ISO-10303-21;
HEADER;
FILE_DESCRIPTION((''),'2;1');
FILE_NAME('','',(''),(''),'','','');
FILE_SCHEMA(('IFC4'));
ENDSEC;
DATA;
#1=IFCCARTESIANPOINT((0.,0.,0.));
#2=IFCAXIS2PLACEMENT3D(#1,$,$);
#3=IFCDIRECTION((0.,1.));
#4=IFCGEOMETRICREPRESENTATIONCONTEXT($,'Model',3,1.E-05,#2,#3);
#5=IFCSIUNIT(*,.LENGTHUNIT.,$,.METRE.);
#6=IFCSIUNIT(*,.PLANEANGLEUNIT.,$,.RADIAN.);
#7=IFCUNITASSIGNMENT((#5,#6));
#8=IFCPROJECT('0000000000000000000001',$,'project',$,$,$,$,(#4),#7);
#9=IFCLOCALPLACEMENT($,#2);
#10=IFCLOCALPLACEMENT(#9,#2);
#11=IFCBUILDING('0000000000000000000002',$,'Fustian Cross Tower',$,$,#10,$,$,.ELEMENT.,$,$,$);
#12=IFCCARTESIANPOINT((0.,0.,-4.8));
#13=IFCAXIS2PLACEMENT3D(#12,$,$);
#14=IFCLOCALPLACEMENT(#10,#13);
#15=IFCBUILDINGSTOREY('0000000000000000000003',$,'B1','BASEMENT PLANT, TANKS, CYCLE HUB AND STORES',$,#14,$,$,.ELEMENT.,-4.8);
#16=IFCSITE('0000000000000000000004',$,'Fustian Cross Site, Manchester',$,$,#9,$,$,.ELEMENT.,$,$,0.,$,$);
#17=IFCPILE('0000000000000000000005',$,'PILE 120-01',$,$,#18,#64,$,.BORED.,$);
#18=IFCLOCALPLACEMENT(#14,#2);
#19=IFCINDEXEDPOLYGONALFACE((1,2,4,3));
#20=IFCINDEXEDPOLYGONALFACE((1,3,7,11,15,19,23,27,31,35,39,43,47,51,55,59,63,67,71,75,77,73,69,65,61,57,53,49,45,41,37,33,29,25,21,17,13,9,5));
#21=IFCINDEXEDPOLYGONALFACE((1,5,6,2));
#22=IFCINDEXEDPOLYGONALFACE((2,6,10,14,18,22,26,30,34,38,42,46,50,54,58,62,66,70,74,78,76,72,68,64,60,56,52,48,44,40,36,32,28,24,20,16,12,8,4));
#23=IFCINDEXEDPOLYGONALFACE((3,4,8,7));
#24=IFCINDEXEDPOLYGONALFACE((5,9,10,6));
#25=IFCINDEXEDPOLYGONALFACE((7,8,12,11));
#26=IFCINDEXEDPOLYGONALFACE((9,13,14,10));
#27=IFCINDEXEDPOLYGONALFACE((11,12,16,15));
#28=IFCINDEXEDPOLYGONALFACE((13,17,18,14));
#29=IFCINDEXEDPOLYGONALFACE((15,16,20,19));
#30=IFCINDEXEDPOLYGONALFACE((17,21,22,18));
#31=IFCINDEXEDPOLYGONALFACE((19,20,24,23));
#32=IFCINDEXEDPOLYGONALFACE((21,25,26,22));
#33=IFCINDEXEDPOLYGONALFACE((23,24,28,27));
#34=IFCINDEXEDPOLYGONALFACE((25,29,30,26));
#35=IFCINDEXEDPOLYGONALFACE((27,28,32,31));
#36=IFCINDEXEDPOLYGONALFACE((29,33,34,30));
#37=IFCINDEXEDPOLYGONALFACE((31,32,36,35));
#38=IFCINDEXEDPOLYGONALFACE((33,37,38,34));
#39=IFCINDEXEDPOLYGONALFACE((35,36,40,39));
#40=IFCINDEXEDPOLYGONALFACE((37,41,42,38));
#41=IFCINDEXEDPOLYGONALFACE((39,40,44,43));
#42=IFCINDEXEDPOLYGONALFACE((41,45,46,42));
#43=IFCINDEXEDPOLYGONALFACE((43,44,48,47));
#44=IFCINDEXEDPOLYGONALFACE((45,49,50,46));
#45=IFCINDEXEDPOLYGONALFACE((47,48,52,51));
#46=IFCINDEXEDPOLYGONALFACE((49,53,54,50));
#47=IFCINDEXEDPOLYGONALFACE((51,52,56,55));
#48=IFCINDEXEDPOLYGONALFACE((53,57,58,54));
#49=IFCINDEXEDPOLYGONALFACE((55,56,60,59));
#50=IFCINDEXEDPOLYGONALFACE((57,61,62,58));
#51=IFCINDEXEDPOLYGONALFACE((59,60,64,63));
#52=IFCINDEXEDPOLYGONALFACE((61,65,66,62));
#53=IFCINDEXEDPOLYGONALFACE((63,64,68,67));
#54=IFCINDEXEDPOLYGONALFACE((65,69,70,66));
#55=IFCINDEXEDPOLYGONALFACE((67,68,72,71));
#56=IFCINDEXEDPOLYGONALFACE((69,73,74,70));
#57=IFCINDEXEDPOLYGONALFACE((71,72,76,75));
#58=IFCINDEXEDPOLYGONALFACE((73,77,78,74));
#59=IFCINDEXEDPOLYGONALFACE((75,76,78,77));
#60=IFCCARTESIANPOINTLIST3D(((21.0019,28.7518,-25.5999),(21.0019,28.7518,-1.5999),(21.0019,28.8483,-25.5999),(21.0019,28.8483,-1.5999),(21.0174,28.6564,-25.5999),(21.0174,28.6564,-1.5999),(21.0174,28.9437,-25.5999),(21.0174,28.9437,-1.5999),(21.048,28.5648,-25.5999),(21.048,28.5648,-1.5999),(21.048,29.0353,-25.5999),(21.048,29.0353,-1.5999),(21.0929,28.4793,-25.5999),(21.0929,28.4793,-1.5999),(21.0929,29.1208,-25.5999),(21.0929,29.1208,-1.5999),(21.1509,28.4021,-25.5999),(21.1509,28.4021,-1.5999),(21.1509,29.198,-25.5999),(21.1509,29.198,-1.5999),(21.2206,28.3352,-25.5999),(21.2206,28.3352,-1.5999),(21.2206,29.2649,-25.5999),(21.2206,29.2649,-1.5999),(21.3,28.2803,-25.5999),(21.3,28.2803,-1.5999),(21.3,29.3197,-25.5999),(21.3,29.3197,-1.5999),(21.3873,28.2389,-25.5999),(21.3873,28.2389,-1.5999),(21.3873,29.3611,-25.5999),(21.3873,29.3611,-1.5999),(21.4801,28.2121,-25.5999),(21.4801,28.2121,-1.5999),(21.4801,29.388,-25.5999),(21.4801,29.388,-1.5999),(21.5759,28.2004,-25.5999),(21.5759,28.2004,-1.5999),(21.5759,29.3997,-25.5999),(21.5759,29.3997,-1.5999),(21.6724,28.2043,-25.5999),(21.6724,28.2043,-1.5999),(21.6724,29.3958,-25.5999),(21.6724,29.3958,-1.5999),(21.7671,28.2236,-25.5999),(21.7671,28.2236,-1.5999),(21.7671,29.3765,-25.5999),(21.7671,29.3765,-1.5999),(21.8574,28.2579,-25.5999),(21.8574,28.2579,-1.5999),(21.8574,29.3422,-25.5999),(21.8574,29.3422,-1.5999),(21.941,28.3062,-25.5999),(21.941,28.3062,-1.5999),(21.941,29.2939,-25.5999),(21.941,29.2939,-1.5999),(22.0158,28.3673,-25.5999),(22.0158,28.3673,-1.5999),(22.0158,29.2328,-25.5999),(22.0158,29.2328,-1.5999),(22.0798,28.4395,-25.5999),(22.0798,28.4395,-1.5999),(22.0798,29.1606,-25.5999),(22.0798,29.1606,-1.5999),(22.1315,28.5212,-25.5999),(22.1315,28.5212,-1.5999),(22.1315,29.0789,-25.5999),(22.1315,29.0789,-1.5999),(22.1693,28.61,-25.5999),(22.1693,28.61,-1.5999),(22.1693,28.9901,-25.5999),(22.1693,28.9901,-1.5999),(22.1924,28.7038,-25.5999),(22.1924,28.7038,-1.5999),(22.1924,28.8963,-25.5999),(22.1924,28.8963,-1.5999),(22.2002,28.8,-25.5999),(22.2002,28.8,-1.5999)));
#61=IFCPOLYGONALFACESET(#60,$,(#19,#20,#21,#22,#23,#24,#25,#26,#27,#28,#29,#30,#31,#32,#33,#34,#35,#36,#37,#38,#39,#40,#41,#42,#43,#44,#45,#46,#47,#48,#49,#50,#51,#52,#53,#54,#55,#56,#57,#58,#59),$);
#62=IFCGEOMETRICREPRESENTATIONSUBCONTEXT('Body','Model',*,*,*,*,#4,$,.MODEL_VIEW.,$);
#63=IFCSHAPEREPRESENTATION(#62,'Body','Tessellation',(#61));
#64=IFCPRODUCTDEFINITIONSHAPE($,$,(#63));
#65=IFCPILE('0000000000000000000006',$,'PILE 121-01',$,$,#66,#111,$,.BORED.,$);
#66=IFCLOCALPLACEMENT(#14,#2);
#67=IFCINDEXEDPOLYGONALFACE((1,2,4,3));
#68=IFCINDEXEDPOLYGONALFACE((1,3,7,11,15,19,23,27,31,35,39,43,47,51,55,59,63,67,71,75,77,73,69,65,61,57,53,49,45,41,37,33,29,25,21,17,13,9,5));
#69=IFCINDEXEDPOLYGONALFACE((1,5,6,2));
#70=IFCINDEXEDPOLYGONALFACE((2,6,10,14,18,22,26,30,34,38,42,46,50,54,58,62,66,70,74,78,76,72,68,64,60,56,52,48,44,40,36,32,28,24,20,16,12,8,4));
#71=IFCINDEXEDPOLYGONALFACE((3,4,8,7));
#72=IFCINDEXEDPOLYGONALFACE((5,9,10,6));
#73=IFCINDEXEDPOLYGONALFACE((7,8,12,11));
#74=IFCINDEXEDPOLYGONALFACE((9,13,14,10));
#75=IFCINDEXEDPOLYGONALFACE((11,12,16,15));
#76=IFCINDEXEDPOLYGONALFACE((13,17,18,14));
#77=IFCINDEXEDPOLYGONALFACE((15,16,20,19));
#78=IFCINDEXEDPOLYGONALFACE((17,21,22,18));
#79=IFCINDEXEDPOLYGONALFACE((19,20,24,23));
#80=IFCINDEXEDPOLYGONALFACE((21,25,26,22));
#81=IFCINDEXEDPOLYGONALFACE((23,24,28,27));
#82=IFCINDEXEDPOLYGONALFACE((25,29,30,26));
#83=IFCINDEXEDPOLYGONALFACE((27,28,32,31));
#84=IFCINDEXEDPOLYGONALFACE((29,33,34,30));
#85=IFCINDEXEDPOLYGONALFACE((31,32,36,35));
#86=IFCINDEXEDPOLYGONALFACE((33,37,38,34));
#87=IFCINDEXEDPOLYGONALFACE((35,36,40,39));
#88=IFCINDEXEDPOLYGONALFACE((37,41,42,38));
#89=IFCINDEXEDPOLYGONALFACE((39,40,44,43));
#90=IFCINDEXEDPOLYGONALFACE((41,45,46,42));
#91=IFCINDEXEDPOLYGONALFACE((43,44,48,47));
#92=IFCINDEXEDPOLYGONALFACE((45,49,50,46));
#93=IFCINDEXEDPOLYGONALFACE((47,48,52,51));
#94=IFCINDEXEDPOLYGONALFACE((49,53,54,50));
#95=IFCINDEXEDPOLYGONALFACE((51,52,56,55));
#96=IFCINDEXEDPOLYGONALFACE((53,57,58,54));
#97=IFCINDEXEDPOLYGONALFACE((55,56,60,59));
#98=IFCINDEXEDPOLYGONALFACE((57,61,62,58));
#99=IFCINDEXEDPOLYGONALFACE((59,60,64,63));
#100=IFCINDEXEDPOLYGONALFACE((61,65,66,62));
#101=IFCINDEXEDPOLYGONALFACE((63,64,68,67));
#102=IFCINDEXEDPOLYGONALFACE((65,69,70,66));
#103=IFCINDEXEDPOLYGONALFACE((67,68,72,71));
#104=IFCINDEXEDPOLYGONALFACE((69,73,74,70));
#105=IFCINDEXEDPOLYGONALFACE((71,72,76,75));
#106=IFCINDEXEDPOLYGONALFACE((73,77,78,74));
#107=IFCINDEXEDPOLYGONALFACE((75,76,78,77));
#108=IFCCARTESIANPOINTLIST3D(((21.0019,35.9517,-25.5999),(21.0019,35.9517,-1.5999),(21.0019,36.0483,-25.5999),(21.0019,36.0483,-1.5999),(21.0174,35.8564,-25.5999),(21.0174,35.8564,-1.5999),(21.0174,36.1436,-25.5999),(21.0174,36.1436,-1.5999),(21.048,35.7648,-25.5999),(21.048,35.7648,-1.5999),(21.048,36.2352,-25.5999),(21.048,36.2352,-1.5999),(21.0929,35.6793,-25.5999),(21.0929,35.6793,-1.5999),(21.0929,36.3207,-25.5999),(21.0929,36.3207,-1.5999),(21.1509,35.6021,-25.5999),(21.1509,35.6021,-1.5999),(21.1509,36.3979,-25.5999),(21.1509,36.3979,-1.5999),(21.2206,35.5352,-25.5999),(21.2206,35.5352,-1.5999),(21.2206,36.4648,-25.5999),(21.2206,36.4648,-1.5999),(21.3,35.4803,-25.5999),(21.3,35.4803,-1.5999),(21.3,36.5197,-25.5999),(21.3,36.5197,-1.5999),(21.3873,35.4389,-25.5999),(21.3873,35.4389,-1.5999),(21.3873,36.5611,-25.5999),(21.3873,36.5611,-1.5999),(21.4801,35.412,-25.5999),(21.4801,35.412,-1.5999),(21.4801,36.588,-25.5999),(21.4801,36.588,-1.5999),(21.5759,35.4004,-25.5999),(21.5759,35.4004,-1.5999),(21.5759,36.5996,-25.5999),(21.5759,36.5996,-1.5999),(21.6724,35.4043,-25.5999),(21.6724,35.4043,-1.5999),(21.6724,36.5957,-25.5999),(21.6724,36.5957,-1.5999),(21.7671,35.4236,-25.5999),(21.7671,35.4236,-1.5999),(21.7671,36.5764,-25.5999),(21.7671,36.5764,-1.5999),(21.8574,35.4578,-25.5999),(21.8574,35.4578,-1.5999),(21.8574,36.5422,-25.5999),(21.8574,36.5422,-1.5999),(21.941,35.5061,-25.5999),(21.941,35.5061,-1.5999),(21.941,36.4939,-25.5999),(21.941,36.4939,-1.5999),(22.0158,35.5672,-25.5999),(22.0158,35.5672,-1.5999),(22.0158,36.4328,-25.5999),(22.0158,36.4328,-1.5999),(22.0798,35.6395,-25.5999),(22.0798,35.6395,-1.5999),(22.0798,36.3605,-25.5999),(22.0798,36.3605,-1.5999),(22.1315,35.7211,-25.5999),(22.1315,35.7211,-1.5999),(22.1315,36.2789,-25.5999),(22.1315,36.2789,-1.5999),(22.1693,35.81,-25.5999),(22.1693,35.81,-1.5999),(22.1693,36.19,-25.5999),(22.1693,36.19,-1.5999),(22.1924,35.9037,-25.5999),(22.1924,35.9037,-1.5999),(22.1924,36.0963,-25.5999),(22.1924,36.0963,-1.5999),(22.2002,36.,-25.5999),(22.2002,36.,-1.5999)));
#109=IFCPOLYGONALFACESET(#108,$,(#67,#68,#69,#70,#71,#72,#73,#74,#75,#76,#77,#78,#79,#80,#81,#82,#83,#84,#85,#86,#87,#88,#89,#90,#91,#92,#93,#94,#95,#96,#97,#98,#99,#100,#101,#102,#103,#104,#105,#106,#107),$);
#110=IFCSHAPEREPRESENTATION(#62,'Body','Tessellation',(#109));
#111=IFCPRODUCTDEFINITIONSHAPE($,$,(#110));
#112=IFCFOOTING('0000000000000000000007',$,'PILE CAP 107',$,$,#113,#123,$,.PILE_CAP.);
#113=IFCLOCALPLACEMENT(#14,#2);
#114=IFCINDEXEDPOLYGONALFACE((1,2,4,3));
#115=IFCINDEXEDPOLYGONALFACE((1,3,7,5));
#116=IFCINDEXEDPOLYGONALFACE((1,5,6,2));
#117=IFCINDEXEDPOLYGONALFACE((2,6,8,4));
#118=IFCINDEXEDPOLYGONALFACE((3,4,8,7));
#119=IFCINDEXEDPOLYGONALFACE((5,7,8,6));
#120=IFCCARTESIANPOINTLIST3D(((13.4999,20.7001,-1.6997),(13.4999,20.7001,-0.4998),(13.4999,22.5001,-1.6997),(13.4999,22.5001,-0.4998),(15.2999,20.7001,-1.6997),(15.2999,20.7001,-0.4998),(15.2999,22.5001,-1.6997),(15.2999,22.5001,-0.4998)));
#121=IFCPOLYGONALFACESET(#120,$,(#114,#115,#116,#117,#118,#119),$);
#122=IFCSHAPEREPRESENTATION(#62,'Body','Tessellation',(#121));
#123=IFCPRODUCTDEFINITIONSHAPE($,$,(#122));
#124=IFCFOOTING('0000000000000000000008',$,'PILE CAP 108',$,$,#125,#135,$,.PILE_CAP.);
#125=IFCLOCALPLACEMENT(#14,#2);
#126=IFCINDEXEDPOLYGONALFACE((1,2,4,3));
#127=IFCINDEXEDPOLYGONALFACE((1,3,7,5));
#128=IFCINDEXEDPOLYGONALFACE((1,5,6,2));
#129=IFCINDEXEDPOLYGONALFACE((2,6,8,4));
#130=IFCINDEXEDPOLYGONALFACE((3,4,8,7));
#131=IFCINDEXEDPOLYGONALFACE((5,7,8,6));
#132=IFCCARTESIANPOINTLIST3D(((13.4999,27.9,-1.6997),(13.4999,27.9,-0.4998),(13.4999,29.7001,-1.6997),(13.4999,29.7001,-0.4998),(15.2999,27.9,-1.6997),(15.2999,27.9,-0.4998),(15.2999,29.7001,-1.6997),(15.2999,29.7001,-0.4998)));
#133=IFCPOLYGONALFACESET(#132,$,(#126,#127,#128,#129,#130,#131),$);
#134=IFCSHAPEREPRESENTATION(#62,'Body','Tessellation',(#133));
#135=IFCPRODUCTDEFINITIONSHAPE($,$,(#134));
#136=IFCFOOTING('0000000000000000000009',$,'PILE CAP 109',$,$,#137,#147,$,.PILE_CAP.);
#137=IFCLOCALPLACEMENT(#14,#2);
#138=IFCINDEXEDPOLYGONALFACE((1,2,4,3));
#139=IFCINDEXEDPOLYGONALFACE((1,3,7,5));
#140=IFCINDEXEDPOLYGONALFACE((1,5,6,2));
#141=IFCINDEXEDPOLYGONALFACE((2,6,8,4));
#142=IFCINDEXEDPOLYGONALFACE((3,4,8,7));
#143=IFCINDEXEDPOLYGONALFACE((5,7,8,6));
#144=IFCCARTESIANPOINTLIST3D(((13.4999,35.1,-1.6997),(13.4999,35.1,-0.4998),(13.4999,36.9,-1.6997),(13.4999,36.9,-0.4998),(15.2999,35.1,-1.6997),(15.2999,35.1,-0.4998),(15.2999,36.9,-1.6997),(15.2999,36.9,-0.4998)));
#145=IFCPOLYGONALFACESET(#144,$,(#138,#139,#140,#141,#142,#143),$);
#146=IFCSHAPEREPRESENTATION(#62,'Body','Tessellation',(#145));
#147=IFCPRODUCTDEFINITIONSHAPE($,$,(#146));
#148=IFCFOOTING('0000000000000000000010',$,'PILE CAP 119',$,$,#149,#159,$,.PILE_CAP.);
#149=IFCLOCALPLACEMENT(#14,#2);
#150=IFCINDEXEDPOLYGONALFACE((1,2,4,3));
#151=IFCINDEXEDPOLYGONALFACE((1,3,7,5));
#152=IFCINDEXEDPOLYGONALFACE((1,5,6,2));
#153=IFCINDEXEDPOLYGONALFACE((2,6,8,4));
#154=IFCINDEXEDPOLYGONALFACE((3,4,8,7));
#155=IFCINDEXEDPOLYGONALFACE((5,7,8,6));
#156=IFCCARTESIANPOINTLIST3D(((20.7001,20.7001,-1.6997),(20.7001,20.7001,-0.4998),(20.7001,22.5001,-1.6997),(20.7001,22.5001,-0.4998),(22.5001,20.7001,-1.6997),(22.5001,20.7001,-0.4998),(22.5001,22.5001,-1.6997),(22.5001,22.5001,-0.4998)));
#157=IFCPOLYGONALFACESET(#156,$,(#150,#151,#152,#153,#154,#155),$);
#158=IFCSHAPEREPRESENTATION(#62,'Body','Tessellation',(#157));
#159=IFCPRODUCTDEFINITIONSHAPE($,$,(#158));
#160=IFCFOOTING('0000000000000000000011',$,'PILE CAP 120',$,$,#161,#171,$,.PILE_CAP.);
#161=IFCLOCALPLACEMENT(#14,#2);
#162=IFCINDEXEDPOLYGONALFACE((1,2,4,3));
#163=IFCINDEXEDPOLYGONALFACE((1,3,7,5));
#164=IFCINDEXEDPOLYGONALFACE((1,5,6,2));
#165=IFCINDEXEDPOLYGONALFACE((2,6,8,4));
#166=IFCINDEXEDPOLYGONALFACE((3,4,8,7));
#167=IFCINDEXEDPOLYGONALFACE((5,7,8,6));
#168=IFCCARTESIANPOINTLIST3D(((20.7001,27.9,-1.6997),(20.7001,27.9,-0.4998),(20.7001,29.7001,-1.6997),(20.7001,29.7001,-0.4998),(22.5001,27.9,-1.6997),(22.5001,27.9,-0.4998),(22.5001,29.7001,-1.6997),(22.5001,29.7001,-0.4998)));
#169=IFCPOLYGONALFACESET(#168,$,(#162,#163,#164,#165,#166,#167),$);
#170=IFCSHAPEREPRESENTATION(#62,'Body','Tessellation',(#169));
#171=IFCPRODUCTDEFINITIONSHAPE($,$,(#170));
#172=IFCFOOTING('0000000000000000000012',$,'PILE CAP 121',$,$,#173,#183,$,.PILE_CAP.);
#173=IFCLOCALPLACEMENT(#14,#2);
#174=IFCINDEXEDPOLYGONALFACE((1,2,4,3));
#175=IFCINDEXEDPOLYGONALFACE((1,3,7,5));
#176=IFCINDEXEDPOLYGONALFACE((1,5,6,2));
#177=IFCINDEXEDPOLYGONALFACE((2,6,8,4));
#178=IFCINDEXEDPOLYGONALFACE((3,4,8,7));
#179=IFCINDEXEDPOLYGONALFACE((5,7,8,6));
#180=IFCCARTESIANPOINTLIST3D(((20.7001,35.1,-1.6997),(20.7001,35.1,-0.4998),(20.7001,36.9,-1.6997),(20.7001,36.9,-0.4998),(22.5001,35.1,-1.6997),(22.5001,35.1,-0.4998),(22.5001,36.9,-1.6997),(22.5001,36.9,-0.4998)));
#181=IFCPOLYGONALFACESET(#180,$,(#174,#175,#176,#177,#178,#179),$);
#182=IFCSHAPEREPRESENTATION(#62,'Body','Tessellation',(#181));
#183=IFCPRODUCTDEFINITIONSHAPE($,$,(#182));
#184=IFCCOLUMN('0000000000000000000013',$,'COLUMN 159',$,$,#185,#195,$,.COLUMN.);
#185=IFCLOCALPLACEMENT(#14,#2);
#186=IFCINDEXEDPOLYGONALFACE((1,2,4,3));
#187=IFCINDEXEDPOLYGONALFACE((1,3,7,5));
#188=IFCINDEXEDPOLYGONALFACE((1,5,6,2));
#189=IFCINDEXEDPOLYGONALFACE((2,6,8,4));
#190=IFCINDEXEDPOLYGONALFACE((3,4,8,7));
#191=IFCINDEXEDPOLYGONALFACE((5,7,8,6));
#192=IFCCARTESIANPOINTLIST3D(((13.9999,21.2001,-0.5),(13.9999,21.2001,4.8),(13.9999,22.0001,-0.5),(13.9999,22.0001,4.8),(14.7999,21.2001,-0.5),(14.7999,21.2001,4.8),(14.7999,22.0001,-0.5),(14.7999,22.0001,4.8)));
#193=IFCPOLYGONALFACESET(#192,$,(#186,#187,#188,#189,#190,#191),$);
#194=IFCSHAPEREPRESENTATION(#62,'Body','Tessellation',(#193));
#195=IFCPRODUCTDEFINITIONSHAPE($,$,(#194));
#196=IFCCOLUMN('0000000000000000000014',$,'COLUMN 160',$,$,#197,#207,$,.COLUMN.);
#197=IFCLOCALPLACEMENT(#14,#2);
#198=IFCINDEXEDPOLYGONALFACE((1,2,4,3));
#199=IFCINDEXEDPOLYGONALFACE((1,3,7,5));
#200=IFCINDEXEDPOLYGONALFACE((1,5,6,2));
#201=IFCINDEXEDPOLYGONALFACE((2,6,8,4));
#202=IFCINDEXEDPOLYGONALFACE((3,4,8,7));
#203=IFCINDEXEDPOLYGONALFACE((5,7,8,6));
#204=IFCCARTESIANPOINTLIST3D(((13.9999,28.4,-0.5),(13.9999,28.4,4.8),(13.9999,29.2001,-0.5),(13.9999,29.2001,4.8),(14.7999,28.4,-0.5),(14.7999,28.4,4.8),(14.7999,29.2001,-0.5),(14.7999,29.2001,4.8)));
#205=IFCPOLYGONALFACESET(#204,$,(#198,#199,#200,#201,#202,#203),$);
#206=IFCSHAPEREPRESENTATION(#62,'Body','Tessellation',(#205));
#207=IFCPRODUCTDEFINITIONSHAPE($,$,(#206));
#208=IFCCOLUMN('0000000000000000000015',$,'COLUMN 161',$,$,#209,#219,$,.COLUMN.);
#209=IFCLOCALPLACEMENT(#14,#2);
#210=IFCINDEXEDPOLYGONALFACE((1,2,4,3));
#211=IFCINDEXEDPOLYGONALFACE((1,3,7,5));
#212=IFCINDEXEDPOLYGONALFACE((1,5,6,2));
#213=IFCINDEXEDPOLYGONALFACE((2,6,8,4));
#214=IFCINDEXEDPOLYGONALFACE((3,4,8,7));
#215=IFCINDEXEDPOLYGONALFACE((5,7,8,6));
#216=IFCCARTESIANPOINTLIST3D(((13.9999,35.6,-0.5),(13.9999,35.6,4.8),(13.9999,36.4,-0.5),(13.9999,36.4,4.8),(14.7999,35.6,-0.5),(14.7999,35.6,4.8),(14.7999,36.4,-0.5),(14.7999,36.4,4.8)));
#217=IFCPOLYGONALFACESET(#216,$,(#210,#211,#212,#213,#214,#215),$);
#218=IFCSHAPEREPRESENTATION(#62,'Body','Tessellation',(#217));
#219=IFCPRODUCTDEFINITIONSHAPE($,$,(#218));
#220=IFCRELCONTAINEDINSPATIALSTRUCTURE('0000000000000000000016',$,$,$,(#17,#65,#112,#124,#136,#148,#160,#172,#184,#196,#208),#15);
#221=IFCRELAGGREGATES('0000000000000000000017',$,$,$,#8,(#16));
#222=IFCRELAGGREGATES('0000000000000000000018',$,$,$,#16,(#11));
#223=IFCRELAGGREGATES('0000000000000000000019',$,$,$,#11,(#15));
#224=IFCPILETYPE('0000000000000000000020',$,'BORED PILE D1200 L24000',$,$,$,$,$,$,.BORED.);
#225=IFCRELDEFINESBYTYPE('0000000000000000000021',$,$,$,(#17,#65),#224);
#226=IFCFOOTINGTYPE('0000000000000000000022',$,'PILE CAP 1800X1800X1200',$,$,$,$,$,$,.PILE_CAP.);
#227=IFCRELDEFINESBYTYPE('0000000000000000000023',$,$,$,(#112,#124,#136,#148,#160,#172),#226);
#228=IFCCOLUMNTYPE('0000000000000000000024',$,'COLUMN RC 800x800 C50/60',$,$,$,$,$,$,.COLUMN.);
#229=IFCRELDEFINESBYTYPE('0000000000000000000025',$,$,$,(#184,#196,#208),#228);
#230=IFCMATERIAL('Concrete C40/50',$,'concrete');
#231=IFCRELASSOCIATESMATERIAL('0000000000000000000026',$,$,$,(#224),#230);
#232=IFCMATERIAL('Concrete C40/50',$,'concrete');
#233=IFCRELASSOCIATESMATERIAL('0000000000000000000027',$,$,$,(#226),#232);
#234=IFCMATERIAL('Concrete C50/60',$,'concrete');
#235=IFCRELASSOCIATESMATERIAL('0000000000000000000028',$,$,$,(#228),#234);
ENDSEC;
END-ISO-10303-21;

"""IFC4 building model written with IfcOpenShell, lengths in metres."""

from ifc_helpers import new_model, si_unit, direction, frame, origin, origin_2d, place, context, subcontext, project, spatial, rectangle, circle, extrude, material, material_profile, profile_set, type_object, element, save


model = new_model("IFC4")

# Units and contexts
model_context = context("Model", 3, precision=1e-05, world=origin(), true_north=direction((0.0, 1.0)))
body_context = subcontext(model_context, "Body", "Model", "MODEL_VIEW")
ifc_project = project(units=[si_unit("LENGTHUNIT", "METRE"), si_unit("PLANEANGLEUNIT", "RADIAN")], contexts=[model_context])

# Site, building, storey
site_placement = place(None, origin())
site = spatial("IfcSite", under=ifc_project, at=site_placement, Name="Fustian Cross Site, Manchester", CompositionType="ELEMENT", RefElevation=0.0)
building_placement = place(site_placement, origin())
building = spatial("IfcBuilding", under=site, at=building_placement, Name="Fustian Cross Tower", CompositionType="ELEMENT")
storey_placement = place(building_placement, frame((0.0, 0.0, -4.8)))
storey = spatial("IfcBuildingStorey", under=building, at=storey_placement, Name="B1", Description="BASEMENT PLANT, TANKS, CYCLE HUB AND STORES", CompositionType="ELEMENT", Elevation=-4.8)

# Piles
ifc_material_1 = material(Name="Concrete C40/50", Category="concrete")
ifc_material_profile_1 = material_profile(ifc_material_1, circle(Radius=0.6001, at=origin_2d()), Name="BORED PILE D1200 L24000")
ifc_profile_set_1 = profile_set([ifc_material_profile_1], Name="Concrete C40/50")
pile_type = type_object("IfcPileType", Name="BORED PILE D1200 L24000", PredefinedType="BORED", material=ifc_profile_set_1)
for number, where, z_axis, x_axis, name in (
    (1, (21.6001, 28.8, -1.5999), (0.0, 0.0, -1.0), (1.0, 0.0, 0.0), "PILE 120-01"),
    (2, (21.6001, 36.0, -1.5999), (0.0, 0.0, -1.0), (1.0, 0.0, 0.0), "PILE 121-01"),
):
    element("IfcPile", number, at=place(storey_placement, frame(where, z_axis=z_axis, x_axis=x_axis)), inside=storey, type_object=pile_type, Name=name, PredefinedType="BORED", context=body_context, shape_type="SweptSolid", body=[
        extrude(circle(Radius=0.6001, at=origin_2d()), origin(), (0.0, 0.0, 1.0), 24.0),
    ])

# Footings
ifc_material_2 = material(Name="Concrete C40/50", Category="concrete")
footing_type = type_object("IfcFootingType", Name="PILE CAP 1800X1800X1200", PredefinedType="PILE_CAP", material=ifc_material_2)
for number, where, z_axis, x_axis, name in (
    (3, (14.3999, 21.6001, -1.6997), (0.0, 0.0, 1.0), (1.0, 0.0, 0.0), "PILE CAP 107"),
    (4, (14.3999, 28.8, -1.6997), (0.0, 0.0, 1.0), (1.0, 0.0, 0.0), "PILE CAP 108"),
    (5, (14.3999, 36.0, -1.6997), (0.0, 0.0, 1.0), (1.0, 0.0, 0.0), "PILE CAP 109"),
    (6, (21.6001, 21.6001, -1.6997), (0.0, 0.0, 1.0), (1.0, 0.0, 0.0), "PILE CAP 119"),
    (7, (21.6001, 28.8, -1.6997), (0.0, 0.0, 1.0), (1.0, 0.0, 0.0), "PILE CAP 120"),
    (8, (21.6001, 36.0, -1.6997), (0.0, 0.0, 1.0), (1.0, 0.0, 0.0), "PILE CAP 121"),
):
    element("IfcFooting", number, at=place(storey_placement, frame(where, z_axis=z_axis, x_axis=x_axis)), inside=storey, type_object=footing_type, Name=name, PredefinedType="PILE_CAP", context=body_context, shape_type="SweptSolid", body=[
        extrude(rectangle(XDim=1.8, YDim=1.8, at=origin_2d()), origin(), (0.0, 0.0, 1.0), 1.2),
    ])

# Columns
ifc_material_3 = material(Name="Concrete C50/60", Category="concrete")
ifc_material_profile_2 = material_profile(ifc_material_3, rectangle(XDim=0.8, YDim=0.8, at=origin_2d()), Name="RC 800x800")
ifc_profile_set_2 = profile_set([ifc_material_profile_2], Name="Concrete C50/60")
column_type = type_object("IfcColumnType", Name="COLUMN RC 800x800 C50/60", PredefinedType="COLUMN", material=ifc_profile_set_2)
for number, where, z_axis, x_axis, name in (
    (9, (14.3999, 21.6001, -0.5), (0.0, 0.0, 1.0), (1.0, 0.0, 0.0), "COLUMN 159"),
    (10, (14.3999, 28.8, -0.5), (0.0, 0.0, 1.0), (1.0, 0.0, 0.0), "COLUMN 160"),
    (11, (14.3999, 36.0, -0.5), (0.0, 0.0, 1.0), (1.0, 0.0, 0.0), "COLUMN 161"),
):
    element("IfcColumn", number, at=place(storey_placement, frame(where, z_axis=z_axis, x_axis=x_axis)), inside=storey, type_object=column_type, Name=name, PredefinedType="COLUMN", context=body_context, shape_type="SweptSolid", body=[
        extrude(rectangle(XDim=0.8, YDim=0.8, at=origin_2d()), origin(), (0.0, 0.0, 1.0), 5.3),
    ])

save(model, "model.ifc")
